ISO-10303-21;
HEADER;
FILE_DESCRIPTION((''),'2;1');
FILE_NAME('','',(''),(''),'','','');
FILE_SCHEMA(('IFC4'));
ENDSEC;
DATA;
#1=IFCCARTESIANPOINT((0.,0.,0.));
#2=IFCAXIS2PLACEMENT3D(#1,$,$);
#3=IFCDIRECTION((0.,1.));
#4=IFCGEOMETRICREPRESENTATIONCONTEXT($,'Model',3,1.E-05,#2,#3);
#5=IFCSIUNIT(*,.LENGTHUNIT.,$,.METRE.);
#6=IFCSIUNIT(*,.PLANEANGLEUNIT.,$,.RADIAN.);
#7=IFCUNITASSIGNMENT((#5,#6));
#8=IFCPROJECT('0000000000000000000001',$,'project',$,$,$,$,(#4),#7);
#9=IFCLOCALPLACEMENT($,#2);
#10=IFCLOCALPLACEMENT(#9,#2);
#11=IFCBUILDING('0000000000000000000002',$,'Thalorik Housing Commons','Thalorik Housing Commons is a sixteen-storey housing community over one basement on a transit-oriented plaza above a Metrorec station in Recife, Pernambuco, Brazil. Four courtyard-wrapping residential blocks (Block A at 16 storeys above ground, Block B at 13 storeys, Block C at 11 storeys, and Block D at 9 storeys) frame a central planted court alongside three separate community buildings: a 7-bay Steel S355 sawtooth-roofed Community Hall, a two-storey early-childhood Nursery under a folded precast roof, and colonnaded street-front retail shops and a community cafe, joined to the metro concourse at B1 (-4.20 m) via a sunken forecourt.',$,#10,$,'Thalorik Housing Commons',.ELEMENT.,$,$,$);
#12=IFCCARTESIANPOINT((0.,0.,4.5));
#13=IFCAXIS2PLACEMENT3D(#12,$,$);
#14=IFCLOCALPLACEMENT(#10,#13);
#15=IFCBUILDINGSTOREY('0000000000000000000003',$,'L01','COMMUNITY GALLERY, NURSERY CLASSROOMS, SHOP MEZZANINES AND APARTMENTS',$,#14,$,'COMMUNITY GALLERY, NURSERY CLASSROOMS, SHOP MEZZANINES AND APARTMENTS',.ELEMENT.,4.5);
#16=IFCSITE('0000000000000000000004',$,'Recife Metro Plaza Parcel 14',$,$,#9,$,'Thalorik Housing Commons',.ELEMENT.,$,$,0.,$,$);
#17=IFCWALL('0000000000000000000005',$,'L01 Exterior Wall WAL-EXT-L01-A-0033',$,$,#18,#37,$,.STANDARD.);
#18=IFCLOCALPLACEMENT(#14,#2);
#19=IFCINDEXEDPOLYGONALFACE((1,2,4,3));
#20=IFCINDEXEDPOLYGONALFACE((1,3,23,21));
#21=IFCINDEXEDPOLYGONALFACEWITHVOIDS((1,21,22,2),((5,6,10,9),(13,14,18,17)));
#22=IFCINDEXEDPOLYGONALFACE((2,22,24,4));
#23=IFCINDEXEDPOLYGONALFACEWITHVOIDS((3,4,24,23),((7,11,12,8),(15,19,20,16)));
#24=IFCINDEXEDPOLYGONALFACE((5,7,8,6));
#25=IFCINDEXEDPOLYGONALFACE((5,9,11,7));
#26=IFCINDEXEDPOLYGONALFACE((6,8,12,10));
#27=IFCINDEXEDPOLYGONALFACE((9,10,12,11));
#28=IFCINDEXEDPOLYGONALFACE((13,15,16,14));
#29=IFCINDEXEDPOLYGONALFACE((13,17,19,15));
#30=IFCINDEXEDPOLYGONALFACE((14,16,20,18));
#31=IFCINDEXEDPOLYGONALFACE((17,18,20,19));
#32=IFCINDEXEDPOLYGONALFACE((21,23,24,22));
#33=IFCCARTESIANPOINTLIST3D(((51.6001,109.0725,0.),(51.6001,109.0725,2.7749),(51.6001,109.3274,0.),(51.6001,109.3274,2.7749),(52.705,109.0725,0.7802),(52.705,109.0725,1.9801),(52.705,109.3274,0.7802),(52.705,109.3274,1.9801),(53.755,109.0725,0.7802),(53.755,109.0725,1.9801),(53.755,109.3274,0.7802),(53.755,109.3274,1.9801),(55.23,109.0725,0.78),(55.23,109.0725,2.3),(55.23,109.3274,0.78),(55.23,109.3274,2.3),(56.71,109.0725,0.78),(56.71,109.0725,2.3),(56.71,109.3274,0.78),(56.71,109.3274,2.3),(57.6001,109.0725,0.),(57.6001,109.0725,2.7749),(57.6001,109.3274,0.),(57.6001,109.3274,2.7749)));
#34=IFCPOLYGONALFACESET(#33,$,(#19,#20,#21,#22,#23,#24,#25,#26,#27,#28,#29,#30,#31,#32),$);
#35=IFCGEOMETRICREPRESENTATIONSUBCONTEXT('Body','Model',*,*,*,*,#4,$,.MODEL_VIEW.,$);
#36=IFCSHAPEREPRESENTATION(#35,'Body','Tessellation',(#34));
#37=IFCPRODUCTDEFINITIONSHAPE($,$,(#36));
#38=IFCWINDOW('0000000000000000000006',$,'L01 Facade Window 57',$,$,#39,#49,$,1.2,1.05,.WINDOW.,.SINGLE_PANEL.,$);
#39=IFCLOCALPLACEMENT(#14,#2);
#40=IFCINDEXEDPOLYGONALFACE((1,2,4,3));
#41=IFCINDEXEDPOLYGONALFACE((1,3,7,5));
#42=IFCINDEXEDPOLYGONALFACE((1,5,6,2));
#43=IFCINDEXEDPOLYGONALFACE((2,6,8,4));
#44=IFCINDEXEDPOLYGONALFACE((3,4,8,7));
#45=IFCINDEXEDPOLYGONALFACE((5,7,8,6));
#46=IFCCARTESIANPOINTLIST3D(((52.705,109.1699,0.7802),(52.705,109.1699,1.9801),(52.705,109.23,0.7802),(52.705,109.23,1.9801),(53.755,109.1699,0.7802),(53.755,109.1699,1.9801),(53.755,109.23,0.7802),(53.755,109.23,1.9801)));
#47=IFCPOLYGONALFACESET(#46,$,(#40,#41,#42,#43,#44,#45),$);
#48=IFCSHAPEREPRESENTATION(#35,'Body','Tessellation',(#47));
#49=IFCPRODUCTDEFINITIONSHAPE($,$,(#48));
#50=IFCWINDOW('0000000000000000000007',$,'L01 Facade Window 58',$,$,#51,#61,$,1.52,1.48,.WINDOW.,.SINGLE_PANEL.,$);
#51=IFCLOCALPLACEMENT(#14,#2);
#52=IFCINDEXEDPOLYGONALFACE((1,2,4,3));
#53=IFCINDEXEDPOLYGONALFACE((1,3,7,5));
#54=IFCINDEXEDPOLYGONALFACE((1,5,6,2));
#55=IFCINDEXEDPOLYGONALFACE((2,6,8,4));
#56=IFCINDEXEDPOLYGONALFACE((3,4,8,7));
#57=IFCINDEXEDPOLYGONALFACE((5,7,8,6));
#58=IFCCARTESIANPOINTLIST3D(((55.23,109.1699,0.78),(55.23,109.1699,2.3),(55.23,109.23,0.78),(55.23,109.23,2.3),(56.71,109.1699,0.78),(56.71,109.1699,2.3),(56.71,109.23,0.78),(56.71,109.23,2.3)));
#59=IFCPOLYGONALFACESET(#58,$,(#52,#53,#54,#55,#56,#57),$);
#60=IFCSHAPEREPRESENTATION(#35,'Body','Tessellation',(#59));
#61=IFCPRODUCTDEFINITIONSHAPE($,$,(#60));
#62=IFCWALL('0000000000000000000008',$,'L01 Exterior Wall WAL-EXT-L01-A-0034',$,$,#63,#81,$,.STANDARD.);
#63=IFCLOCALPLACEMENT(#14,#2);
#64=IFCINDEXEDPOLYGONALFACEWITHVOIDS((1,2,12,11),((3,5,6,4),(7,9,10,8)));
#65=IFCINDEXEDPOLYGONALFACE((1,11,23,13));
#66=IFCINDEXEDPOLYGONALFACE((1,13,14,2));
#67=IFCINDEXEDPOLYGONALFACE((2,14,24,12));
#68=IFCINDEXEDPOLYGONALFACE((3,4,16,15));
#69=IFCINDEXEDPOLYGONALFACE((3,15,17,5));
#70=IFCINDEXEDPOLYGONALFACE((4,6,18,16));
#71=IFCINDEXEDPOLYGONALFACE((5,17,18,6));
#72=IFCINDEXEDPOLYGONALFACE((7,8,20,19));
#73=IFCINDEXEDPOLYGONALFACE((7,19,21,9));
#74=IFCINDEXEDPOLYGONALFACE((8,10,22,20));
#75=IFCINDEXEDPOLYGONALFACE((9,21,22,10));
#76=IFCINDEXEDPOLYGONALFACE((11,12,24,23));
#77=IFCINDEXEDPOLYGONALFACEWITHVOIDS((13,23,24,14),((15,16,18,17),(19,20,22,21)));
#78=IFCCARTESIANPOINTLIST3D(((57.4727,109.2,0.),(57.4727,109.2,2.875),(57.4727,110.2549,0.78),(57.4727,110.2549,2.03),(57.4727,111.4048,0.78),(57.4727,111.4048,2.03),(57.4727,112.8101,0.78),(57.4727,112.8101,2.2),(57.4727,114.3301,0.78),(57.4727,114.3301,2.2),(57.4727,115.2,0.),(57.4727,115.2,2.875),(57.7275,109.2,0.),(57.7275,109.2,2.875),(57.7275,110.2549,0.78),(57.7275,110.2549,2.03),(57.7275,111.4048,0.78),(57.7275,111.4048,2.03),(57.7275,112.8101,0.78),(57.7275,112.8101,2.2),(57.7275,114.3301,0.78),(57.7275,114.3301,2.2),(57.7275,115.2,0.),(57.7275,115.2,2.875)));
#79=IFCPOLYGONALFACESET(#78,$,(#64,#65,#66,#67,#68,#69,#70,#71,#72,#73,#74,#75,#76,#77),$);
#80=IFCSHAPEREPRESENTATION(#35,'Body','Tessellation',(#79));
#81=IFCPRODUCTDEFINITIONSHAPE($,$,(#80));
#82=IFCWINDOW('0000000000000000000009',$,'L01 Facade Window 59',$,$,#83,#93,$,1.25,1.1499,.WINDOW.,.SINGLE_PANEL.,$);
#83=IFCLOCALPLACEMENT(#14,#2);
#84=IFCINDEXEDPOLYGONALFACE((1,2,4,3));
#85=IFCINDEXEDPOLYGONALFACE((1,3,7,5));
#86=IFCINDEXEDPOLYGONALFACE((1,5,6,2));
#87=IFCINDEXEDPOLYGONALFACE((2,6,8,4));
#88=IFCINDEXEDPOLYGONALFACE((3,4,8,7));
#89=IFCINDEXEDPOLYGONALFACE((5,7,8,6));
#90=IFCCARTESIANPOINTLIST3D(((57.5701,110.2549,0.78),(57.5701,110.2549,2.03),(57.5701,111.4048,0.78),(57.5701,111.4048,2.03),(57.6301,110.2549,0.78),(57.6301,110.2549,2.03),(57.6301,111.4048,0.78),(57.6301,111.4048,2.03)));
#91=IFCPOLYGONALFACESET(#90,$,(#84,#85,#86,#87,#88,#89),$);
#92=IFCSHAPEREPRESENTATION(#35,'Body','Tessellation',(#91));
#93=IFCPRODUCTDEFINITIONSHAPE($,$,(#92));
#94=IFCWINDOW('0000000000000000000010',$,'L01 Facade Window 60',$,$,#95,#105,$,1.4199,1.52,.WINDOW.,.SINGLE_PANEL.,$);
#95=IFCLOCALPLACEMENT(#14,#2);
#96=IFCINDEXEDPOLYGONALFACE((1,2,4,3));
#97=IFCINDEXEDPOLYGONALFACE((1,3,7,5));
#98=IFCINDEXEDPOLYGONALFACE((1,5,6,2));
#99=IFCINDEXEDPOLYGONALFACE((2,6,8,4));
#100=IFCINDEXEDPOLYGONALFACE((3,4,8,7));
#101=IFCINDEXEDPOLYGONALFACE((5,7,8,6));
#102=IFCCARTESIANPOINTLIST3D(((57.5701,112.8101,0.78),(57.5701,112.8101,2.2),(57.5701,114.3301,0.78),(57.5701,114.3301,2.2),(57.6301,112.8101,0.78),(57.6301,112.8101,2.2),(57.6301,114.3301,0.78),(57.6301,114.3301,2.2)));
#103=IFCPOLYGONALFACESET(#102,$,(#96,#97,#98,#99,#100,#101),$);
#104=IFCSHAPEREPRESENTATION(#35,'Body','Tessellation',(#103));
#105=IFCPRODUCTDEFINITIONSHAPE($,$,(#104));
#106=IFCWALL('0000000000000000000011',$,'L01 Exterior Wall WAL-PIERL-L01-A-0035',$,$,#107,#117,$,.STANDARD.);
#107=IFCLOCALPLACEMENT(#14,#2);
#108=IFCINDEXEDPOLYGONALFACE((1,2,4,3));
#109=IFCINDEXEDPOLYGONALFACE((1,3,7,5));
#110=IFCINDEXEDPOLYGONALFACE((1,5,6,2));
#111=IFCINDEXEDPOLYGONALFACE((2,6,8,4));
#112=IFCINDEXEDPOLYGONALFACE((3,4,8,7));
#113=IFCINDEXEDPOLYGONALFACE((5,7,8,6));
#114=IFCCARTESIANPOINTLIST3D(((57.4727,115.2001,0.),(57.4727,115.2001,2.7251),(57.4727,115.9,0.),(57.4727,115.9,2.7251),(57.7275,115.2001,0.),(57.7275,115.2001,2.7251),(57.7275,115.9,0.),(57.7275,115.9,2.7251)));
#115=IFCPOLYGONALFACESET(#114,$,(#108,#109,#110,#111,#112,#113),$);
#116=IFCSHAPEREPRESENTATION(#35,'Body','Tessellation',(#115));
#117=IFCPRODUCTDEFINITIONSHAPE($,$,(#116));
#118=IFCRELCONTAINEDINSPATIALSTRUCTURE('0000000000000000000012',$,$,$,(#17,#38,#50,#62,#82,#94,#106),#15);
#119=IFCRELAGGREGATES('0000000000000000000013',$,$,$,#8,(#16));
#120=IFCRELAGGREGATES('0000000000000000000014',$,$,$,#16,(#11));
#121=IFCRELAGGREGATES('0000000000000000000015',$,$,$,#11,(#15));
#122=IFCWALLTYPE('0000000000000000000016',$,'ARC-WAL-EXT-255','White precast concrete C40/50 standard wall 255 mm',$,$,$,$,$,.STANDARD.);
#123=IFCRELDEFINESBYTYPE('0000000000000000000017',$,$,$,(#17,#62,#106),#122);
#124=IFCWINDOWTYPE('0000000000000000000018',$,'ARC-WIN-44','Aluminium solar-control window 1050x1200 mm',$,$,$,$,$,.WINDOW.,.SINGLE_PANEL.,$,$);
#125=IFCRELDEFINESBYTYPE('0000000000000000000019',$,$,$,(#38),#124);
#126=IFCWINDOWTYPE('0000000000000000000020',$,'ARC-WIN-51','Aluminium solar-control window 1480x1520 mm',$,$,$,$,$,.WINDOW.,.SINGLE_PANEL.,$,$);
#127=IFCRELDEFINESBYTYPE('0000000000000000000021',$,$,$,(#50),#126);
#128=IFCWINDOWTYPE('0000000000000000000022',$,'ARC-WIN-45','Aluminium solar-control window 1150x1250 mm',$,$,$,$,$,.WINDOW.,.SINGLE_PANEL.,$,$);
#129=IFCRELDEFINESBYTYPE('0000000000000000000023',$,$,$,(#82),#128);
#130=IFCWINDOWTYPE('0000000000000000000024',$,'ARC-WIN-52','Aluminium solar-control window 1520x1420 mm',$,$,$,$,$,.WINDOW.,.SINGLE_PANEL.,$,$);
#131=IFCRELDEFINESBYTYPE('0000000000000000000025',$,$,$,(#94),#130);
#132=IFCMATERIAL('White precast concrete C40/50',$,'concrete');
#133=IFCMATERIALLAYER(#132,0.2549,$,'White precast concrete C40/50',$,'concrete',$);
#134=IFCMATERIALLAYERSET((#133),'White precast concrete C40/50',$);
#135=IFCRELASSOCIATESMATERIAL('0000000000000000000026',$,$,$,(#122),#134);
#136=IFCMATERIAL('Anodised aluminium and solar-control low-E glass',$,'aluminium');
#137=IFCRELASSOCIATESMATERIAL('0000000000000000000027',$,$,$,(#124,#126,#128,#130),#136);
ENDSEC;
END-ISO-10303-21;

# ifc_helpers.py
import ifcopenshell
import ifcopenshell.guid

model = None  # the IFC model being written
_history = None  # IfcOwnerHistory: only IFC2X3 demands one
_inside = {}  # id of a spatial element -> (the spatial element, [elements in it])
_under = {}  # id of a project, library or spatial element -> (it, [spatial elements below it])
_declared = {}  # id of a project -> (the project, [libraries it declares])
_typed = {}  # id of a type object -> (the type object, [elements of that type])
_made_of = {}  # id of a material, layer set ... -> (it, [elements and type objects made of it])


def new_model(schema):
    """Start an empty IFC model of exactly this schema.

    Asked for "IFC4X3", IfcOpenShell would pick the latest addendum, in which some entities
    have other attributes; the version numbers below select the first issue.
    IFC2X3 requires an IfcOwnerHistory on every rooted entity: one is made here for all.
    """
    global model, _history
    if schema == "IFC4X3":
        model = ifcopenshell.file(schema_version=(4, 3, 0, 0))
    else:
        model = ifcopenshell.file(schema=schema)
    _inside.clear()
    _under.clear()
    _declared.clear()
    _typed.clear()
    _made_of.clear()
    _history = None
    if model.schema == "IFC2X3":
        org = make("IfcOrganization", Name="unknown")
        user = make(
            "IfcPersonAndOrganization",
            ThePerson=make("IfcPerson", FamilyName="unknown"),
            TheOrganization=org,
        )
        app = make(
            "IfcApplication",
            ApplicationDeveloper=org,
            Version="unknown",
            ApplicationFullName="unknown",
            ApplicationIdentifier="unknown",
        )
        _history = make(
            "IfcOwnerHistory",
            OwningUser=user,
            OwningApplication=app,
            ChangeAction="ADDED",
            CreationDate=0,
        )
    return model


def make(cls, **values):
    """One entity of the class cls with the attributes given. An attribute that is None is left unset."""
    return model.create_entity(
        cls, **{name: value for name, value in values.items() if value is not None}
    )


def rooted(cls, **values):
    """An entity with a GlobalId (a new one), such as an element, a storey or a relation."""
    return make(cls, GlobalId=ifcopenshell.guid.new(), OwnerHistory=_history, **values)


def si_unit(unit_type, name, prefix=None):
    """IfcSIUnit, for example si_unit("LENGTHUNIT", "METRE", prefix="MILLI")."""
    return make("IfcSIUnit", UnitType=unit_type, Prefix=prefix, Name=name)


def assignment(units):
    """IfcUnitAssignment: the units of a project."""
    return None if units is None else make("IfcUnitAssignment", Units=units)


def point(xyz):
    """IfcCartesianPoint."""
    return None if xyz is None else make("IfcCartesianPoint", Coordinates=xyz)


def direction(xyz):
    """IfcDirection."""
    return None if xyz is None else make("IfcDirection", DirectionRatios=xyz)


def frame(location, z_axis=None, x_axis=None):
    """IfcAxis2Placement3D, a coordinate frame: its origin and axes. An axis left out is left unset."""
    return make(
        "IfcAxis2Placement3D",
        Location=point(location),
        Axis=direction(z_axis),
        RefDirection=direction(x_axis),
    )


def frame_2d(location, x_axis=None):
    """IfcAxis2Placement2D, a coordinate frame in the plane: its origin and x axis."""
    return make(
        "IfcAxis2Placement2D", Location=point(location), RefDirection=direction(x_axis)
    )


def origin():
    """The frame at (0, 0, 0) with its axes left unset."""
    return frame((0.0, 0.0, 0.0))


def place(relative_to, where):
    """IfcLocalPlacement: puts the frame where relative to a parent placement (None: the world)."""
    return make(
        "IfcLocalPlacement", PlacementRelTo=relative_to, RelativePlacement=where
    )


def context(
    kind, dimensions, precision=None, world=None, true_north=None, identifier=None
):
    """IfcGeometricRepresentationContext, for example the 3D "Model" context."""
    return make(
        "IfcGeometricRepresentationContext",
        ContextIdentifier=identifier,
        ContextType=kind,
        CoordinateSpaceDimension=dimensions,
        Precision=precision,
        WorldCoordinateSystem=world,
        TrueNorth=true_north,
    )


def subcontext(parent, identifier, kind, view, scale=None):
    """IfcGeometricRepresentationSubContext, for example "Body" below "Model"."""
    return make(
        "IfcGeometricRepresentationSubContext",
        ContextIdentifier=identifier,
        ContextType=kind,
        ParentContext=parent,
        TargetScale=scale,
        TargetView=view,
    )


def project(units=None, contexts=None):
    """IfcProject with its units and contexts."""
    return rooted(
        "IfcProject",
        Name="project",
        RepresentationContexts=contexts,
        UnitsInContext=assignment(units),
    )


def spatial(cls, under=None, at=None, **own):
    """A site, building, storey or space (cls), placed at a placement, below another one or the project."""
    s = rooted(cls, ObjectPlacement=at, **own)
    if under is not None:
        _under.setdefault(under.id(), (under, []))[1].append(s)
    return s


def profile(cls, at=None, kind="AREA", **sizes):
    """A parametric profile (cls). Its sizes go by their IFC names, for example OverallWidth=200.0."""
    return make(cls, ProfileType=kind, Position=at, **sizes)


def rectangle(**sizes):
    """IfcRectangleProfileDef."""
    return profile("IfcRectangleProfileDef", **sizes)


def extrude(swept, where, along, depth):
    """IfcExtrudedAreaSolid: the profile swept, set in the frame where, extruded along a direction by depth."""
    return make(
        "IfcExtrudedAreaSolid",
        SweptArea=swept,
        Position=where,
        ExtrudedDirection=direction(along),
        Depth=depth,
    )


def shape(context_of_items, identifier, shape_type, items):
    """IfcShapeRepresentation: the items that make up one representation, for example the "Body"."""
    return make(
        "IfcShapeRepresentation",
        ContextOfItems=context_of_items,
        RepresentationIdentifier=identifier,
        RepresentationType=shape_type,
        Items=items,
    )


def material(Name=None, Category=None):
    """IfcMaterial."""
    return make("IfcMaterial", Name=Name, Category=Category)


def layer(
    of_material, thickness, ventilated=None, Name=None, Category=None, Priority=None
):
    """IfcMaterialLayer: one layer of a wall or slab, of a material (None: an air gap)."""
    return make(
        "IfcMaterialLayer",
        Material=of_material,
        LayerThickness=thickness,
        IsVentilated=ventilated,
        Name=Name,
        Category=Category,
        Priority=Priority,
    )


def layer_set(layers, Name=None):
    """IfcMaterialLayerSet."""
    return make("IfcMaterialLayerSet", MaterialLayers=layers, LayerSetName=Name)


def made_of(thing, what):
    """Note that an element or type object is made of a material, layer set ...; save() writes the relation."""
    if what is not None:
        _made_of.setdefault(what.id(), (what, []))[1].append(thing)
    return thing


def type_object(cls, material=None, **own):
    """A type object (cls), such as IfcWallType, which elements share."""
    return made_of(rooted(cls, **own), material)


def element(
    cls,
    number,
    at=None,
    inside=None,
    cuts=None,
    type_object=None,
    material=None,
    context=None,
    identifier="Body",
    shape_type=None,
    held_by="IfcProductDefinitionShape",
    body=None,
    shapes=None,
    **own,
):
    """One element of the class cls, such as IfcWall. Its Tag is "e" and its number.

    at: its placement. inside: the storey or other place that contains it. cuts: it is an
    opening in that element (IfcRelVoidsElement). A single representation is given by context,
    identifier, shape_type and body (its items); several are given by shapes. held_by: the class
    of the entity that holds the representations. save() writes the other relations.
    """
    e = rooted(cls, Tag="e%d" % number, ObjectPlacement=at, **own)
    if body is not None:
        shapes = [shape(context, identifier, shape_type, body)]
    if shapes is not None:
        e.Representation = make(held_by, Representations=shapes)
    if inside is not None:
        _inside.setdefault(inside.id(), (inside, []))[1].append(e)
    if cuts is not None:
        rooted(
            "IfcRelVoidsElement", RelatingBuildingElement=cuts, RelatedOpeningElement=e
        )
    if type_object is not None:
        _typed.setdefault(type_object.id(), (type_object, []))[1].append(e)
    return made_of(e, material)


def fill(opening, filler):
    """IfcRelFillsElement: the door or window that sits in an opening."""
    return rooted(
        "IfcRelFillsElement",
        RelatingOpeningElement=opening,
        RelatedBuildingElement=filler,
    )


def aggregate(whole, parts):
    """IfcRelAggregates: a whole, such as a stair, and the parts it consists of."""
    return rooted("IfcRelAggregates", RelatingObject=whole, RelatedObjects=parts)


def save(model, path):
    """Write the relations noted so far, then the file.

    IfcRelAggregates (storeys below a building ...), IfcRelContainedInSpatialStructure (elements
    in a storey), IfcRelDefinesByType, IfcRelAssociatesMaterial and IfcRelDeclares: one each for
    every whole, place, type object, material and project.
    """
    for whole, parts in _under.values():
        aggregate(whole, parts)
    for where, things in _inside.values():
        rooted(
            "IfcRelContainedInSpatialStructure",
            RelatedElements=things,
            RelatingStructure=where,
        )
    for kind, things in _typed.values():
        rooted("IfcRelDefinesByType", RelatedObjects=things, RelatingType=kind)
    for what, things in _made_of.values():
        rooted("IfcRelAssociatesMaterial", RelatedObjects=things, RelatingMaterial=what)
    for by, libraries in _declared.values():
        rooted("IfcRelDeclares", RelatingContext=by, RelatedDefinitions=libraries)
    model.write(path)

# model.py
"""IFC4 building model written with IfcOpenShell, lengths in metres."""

from ifc_helpers import new_model, si_unit, direction, frame, frame_2d, origin, place, context, subcontext, project, spatial, rectangle, extrude, material, layer, layer_set, type_object, element, fill, save


model = new_model("IFC4")

# Units and contexts
model_context = context("Model", 3, precision=1e-05, world=origin(), true_north=direction((0.0, 1.0)))
body_context = subcontext(model_context, "Body", "Model", "MODEL_VIEW")
ifc_project = project(units=[si_unit("LENGTHUNIT", "METRE"), si_unit("PLANEANGLEUNIT", "RADIAN")], contexts=[model_context])

# Site, building, storey
site_placement = place(None, origin())
site = spatial("IfcSite", under=ifc_project, at=site_placement, Name="Recife Metro Plaza Parcel 14", LongName="Thalorik Housing Commons", CompositionType="ELEMENT", RefElevation=0.0)
building_placement = place(site_placement, origin())
building = spatial("IfcBuilding", under=site, at=building_placement, Name="Thalorik Housing Commons", Description="Thalorik Housing Commons is a sixteen-storey housing community over one basement on a transit-oriented plaza above a Metrorec station in Recife, Pernambuco, Brazil. Four courtyard-wrapping residential blocks (Block A at 16 storeys above ground, Block B at 13 storeys, Block C at 11 storeys, and Block D at 9 storeys) frame a central planted court alongside three separate community buildings: a 7-bay Steel S355 sawtooth-roofed Community Hall, a two-storey early-childhood Nursery under a folded precast roof, and colonnaded street-front retail shops and a community cafe, joined to the metro concourse at B1 (-4.20 m) via a sunken forecourt.", LongName="Thalorik Housing Commons", CompositionType="ELEMENT")
storey_placement = place(building_placement, frame((0.0, 0.0, 4.5)))
storey = spatial("IfcBuildingStorey", under=building, at=storey_placement, Name="L01", Description="COMMUNITY GALLERY, NURSERY CLASSROOMS, SHOP MEZZANINES AND APARTMENTS", LongName="COMMUNITY GALLERY, NURSERY CLASSROOMS, SHOP MEZZANINES AND APARTMENTS", CompositionType="ELEMENT", Elevation=4.5)

# Shared definitions
ifc_material_1 = material(Name="Anodised aluminium and solar-control low-E glass", Category="aluminium")

# Walls, openings, windows
ifc_material_2 = material(Name="White precast concrete C40/50", Category="concrete")
ifc_layer = layer(ifc_material_2, 0.2549, Name="White precast concrete C40/50", Category="concrete")
ifc_layer_set = layer_set([ifc_layer], Name="White precast concrete C40/50")
wall_type = type_object("IfcWallType", Name="ARC-WAL-EXT-255", Description="White precast concrete C40/50 standard wall 255 mm", PredefinedType="STANDARD", material=ifc_layer_set)
wall_1_placement = place(storey_placement, frame((51.6001, 109.2, 0.0), z_axis=(0.0, 0.0, 1.0), x_axis=(1.0, 0.0, 0.0)))
wall_1 = element("IfcWall", 1, at=wall_1_placement, inside=storey, type_object=wall_type, Name="L01 Exterior Wall WAL-EXT-L01-A-0033", PredefinedType="STANDARD", context=body_context, shape_type="SweptSolid", body=[
    extrude(rectangle(XDim=6.0, YDim=0.2549, at=frame_2d((3.0, 0.0))), origin(), (0.0, 0.0, 1.0), 2.7749),
])
opening_1_placement = place(wall_1_placement, frame((1.105, 0.0, 0.78)))
opening_1 = element("IfcOpeningElement", 2, at=opening_1_placement, cuts=wall_1, PredefinedType="OPENING", context=body_context, shape_type="SweptSolid", body=[
    extrude(rectangle(XDim=1.05, YDim=1.2, at=frame_2d((0.5249, 0.6001))), frame((0.0, 0.1375, 0.0), z_axis=(0.0, -1.0, 0.0), x_axis=(1.0, 0.0, 0.0)), (0.0, 0.0, 1.0), 0.2749),
])
opening_2_placement = place(wall_1_placement, frame((3.6299, 0.0, 0.78)))
opening_2 = element("IfcOpeningElement", 3, at=opening_2_placement, cuts=wall_1, PredefinedType="OPENING", context=body_context, shape_type="SweptSolid", body=[
    extrude(rectangle(XDim=1.48, YDim=1.52, at=frame_2d((0.74, 0.76))), frame((0.0, 0.1375, 0.0), z_axis=(0.0, -1.0, 0.0), x_axis=(1.0, 0.0, 0.0)), (0.0, 0.0, 1.0), 0.2749),
])
window_type_1 = type_object("IfcWindowType", Name="ARC-WIN-44", Description="Aluminium solar-control window 1050x1200 mm", PartitioningType="SINGLE_PANEL", PredefinedType="WINDOW", material=ifc_material_1)
window_1_placement = place(opening_1_placement, origin())
window_1 = element("IfcWindow", 4, at=window_1_placement, inside=storey, type_object=window_type_1, Name="L01 Facade Window 57", OverallHeight=1.2, OverallWidth=1.05, PartitioningType="SINGLE_PANEL", PredefinedType="WINDOW", context=body_context, shape_type="SweptSolid", body=[
    extrude(rectangle(XDim=1.05, YDim=1.2, at=frame_2d((0.5249, 0.6001))), frame((0.0, 0.03, 0.0), z_axis=(0.0, -1.0, 0.0), x_axis=(1.0, 0.0, 0.0)), (0.0, 0.0, 1.0), 0.0601),
])
fill(opening_1, window_1)
window_type_2 = type_object("IfcWindowType", Name="ARC-WIN-51", Description="Aluminium solar-control window 1480x1520 mm", PartitioningType="SINGLE_PANEL", PredefinedType="WINDOW", material=ifc_material_1)
window_2_placement = place(opening_2_placement, origin())
window_2 = element("IfcWindow", 5, at=window_2_placement, inside=storey, type_object=window_type_2, Name="L01 Facade Window 58", OverallHeight=1.52, OverallWidth=1.48, PartitioningType="SINGLE_PANEL", PredefinedType="WINDOW", context=body_context, shape_type="SweptSolid", body=[
    extrude(rectangle(XDim=1.48, YDim=1.52, at=frame_2d((0.74, 0.76))), frame((0.0, 0.03, 0.0), z_axis=(0.0, -1.0, 0.0), x_axis=(1.0, 0.0, 0.0)), (0.0, 0.0, 1.0), 0.0601),
])
fill(opening_2, window_2)
wall_2_placement = place(storey_placement, frame((57.6001, 109.2, 0.0), z_axis=(0.0, 0.0, 1.0), x_axis=(0.0, 1.0, 0.0)))
wall_2 = element("IfcWall", 6, at=wall_2_placement, inside=storey, type_object=wall_type, Name="L01 Exterior Wall WAL-EXT-L01-A-0034", PredefinedType="STANDARD", context=body_context, shape_type="SweptSolid", body=[
    extrude(rectangle(XDim=6.0, YDim=0.2549, at=frame_2d((3.0, 0.0))), origin(), (0.0, 0.0, 1.0), 2.875),
])
opening_3_placement = place(wall_2_placement, frame((1.0549, 0.0, 0.78)))
opening_3 = element("IfcOpeningElement", 7, at=opening_3_placement, cuts=wall_2, PredefinedType="OPENING", context=body_context, shape_type="SweptSolid", body=[
    extrude(rectangle(XDim=1.1499, YDim=1.25, at=frame_2d((0.575, 0.625))), frame((0.0, 0.1375, 0.0), z_axis=(0.0, -1.0, 0.0), x_axis=(1.0, 0.0, 0.0)), (0.0, 0.0, 1.0), 0.2749),
])
opening_4_placement = place(wall_2_placement, frame((3.6101, 0.0, 0.78)))
opening_4 = element("IfcOpeningElement", 8, at=opening_4_placement, cuts=wall_2, PredefinedType="OPENING", context=body_context, shape_type="SweptSolid", body=[
    extrude(rectangle(XDim=1.52, YDim=1.4199, at=frame_2d((0.76, 0.71))), frame((0.0, 0.1375, 0.0), z_axis=(0.0, -1.0, 0.0), x_axis=(1.0, 0.0, 0.0)), (0.0, 0.0, 1.0), 0.2749),
])
window_type_3 = type_object("IfcWindowType", Name="ARC-WIN-45", Description="Aluminium solar-control window 1150x1250 mm", PartitioningType="SINGLE_PANEL", PredefinedType="WINDOW", material=ifc_material_1)
window_3_placement = place(opening_3_placement, origin())
window_3 = element("IfcWindow", 9, at=window_3_placement, inside=storey, type_object=window_type_3, Name="L01 Facade Window 59", OverallHeight=1.25, OverallWidth=1.1499, PartitioningType="SINGLE_PANEL", PredefinedType="WINDOW", context=body_context, shape_type="SweptSolid", body=[
    extrude(rectangle(XDim=1.1499, YDim=1.25, at=frame_2d((0.575, 0.625))), frame((0.0, 0.03, 0.0), z_axis=(0.0, -1.0, 0.0), x_axis=(1.0, 0.0, 0.0)), (0.0, 0.0, 1.0), 0.0601),
])
fill(opening_3, window_3)
window_type_4 = type_object("IfcWindowType", Name="ARC-WIN-52", Description="Aluminium solar-control window 1520x1420 mm", PartitioningType="SINGLE_PANEL", PredefinedType="WINDOW", material=ifc_material_1)
window_4_placement = place(opening_4_placement, origin())
window_4 = element("IfcWindow", 10, at=window_4_placement, inside=storey, type_object=window_type_4, Name="L01 Facade Window 60", OverallHeight=1.4199, OverallWidth=1.52, PartitioningType="SINGLE_PANEL", PredefinedType="WINDOW", context=body_context, shape_type="SweptSolid", body=[
    extrude(rectangle(XDim=1.52, YDim=1.4199, at=frame_2d((0.76, 0.71))), frame((0.0, 0.03, 0.0), z_axis=(0.0, -1.0, 0.0), x_axis=(1.0, 0.0, 0.0)), (0.0, 0.0, 1.0), 0.0601),
])
fill(opening_4, window_4)

# Wall
wall_3_placement = place(storey_placement, frame((57.6001, 115.2, 0.0), z_axis=(0.0, 0.0, 1.0), x_axis=(0.0, 1.0, 0.0)))
element("IfcWall", 11, at=wall_3_placement, inside=storey, type_object=wall_type, Name="L01 Exterior Wall WAL-PIERL-L01-A-0035", PredefinedType="STANDARD", context=body_context, shape_type="SweptSolid", body=[
    extrude(rectangle(XDim=0.7, YDim=0.2549, at=frame_2d((0.3501, 0.0))), origin(), (0.0, 0.0, 1.0), 2.7251),
])

save(model, "model.ifc")
